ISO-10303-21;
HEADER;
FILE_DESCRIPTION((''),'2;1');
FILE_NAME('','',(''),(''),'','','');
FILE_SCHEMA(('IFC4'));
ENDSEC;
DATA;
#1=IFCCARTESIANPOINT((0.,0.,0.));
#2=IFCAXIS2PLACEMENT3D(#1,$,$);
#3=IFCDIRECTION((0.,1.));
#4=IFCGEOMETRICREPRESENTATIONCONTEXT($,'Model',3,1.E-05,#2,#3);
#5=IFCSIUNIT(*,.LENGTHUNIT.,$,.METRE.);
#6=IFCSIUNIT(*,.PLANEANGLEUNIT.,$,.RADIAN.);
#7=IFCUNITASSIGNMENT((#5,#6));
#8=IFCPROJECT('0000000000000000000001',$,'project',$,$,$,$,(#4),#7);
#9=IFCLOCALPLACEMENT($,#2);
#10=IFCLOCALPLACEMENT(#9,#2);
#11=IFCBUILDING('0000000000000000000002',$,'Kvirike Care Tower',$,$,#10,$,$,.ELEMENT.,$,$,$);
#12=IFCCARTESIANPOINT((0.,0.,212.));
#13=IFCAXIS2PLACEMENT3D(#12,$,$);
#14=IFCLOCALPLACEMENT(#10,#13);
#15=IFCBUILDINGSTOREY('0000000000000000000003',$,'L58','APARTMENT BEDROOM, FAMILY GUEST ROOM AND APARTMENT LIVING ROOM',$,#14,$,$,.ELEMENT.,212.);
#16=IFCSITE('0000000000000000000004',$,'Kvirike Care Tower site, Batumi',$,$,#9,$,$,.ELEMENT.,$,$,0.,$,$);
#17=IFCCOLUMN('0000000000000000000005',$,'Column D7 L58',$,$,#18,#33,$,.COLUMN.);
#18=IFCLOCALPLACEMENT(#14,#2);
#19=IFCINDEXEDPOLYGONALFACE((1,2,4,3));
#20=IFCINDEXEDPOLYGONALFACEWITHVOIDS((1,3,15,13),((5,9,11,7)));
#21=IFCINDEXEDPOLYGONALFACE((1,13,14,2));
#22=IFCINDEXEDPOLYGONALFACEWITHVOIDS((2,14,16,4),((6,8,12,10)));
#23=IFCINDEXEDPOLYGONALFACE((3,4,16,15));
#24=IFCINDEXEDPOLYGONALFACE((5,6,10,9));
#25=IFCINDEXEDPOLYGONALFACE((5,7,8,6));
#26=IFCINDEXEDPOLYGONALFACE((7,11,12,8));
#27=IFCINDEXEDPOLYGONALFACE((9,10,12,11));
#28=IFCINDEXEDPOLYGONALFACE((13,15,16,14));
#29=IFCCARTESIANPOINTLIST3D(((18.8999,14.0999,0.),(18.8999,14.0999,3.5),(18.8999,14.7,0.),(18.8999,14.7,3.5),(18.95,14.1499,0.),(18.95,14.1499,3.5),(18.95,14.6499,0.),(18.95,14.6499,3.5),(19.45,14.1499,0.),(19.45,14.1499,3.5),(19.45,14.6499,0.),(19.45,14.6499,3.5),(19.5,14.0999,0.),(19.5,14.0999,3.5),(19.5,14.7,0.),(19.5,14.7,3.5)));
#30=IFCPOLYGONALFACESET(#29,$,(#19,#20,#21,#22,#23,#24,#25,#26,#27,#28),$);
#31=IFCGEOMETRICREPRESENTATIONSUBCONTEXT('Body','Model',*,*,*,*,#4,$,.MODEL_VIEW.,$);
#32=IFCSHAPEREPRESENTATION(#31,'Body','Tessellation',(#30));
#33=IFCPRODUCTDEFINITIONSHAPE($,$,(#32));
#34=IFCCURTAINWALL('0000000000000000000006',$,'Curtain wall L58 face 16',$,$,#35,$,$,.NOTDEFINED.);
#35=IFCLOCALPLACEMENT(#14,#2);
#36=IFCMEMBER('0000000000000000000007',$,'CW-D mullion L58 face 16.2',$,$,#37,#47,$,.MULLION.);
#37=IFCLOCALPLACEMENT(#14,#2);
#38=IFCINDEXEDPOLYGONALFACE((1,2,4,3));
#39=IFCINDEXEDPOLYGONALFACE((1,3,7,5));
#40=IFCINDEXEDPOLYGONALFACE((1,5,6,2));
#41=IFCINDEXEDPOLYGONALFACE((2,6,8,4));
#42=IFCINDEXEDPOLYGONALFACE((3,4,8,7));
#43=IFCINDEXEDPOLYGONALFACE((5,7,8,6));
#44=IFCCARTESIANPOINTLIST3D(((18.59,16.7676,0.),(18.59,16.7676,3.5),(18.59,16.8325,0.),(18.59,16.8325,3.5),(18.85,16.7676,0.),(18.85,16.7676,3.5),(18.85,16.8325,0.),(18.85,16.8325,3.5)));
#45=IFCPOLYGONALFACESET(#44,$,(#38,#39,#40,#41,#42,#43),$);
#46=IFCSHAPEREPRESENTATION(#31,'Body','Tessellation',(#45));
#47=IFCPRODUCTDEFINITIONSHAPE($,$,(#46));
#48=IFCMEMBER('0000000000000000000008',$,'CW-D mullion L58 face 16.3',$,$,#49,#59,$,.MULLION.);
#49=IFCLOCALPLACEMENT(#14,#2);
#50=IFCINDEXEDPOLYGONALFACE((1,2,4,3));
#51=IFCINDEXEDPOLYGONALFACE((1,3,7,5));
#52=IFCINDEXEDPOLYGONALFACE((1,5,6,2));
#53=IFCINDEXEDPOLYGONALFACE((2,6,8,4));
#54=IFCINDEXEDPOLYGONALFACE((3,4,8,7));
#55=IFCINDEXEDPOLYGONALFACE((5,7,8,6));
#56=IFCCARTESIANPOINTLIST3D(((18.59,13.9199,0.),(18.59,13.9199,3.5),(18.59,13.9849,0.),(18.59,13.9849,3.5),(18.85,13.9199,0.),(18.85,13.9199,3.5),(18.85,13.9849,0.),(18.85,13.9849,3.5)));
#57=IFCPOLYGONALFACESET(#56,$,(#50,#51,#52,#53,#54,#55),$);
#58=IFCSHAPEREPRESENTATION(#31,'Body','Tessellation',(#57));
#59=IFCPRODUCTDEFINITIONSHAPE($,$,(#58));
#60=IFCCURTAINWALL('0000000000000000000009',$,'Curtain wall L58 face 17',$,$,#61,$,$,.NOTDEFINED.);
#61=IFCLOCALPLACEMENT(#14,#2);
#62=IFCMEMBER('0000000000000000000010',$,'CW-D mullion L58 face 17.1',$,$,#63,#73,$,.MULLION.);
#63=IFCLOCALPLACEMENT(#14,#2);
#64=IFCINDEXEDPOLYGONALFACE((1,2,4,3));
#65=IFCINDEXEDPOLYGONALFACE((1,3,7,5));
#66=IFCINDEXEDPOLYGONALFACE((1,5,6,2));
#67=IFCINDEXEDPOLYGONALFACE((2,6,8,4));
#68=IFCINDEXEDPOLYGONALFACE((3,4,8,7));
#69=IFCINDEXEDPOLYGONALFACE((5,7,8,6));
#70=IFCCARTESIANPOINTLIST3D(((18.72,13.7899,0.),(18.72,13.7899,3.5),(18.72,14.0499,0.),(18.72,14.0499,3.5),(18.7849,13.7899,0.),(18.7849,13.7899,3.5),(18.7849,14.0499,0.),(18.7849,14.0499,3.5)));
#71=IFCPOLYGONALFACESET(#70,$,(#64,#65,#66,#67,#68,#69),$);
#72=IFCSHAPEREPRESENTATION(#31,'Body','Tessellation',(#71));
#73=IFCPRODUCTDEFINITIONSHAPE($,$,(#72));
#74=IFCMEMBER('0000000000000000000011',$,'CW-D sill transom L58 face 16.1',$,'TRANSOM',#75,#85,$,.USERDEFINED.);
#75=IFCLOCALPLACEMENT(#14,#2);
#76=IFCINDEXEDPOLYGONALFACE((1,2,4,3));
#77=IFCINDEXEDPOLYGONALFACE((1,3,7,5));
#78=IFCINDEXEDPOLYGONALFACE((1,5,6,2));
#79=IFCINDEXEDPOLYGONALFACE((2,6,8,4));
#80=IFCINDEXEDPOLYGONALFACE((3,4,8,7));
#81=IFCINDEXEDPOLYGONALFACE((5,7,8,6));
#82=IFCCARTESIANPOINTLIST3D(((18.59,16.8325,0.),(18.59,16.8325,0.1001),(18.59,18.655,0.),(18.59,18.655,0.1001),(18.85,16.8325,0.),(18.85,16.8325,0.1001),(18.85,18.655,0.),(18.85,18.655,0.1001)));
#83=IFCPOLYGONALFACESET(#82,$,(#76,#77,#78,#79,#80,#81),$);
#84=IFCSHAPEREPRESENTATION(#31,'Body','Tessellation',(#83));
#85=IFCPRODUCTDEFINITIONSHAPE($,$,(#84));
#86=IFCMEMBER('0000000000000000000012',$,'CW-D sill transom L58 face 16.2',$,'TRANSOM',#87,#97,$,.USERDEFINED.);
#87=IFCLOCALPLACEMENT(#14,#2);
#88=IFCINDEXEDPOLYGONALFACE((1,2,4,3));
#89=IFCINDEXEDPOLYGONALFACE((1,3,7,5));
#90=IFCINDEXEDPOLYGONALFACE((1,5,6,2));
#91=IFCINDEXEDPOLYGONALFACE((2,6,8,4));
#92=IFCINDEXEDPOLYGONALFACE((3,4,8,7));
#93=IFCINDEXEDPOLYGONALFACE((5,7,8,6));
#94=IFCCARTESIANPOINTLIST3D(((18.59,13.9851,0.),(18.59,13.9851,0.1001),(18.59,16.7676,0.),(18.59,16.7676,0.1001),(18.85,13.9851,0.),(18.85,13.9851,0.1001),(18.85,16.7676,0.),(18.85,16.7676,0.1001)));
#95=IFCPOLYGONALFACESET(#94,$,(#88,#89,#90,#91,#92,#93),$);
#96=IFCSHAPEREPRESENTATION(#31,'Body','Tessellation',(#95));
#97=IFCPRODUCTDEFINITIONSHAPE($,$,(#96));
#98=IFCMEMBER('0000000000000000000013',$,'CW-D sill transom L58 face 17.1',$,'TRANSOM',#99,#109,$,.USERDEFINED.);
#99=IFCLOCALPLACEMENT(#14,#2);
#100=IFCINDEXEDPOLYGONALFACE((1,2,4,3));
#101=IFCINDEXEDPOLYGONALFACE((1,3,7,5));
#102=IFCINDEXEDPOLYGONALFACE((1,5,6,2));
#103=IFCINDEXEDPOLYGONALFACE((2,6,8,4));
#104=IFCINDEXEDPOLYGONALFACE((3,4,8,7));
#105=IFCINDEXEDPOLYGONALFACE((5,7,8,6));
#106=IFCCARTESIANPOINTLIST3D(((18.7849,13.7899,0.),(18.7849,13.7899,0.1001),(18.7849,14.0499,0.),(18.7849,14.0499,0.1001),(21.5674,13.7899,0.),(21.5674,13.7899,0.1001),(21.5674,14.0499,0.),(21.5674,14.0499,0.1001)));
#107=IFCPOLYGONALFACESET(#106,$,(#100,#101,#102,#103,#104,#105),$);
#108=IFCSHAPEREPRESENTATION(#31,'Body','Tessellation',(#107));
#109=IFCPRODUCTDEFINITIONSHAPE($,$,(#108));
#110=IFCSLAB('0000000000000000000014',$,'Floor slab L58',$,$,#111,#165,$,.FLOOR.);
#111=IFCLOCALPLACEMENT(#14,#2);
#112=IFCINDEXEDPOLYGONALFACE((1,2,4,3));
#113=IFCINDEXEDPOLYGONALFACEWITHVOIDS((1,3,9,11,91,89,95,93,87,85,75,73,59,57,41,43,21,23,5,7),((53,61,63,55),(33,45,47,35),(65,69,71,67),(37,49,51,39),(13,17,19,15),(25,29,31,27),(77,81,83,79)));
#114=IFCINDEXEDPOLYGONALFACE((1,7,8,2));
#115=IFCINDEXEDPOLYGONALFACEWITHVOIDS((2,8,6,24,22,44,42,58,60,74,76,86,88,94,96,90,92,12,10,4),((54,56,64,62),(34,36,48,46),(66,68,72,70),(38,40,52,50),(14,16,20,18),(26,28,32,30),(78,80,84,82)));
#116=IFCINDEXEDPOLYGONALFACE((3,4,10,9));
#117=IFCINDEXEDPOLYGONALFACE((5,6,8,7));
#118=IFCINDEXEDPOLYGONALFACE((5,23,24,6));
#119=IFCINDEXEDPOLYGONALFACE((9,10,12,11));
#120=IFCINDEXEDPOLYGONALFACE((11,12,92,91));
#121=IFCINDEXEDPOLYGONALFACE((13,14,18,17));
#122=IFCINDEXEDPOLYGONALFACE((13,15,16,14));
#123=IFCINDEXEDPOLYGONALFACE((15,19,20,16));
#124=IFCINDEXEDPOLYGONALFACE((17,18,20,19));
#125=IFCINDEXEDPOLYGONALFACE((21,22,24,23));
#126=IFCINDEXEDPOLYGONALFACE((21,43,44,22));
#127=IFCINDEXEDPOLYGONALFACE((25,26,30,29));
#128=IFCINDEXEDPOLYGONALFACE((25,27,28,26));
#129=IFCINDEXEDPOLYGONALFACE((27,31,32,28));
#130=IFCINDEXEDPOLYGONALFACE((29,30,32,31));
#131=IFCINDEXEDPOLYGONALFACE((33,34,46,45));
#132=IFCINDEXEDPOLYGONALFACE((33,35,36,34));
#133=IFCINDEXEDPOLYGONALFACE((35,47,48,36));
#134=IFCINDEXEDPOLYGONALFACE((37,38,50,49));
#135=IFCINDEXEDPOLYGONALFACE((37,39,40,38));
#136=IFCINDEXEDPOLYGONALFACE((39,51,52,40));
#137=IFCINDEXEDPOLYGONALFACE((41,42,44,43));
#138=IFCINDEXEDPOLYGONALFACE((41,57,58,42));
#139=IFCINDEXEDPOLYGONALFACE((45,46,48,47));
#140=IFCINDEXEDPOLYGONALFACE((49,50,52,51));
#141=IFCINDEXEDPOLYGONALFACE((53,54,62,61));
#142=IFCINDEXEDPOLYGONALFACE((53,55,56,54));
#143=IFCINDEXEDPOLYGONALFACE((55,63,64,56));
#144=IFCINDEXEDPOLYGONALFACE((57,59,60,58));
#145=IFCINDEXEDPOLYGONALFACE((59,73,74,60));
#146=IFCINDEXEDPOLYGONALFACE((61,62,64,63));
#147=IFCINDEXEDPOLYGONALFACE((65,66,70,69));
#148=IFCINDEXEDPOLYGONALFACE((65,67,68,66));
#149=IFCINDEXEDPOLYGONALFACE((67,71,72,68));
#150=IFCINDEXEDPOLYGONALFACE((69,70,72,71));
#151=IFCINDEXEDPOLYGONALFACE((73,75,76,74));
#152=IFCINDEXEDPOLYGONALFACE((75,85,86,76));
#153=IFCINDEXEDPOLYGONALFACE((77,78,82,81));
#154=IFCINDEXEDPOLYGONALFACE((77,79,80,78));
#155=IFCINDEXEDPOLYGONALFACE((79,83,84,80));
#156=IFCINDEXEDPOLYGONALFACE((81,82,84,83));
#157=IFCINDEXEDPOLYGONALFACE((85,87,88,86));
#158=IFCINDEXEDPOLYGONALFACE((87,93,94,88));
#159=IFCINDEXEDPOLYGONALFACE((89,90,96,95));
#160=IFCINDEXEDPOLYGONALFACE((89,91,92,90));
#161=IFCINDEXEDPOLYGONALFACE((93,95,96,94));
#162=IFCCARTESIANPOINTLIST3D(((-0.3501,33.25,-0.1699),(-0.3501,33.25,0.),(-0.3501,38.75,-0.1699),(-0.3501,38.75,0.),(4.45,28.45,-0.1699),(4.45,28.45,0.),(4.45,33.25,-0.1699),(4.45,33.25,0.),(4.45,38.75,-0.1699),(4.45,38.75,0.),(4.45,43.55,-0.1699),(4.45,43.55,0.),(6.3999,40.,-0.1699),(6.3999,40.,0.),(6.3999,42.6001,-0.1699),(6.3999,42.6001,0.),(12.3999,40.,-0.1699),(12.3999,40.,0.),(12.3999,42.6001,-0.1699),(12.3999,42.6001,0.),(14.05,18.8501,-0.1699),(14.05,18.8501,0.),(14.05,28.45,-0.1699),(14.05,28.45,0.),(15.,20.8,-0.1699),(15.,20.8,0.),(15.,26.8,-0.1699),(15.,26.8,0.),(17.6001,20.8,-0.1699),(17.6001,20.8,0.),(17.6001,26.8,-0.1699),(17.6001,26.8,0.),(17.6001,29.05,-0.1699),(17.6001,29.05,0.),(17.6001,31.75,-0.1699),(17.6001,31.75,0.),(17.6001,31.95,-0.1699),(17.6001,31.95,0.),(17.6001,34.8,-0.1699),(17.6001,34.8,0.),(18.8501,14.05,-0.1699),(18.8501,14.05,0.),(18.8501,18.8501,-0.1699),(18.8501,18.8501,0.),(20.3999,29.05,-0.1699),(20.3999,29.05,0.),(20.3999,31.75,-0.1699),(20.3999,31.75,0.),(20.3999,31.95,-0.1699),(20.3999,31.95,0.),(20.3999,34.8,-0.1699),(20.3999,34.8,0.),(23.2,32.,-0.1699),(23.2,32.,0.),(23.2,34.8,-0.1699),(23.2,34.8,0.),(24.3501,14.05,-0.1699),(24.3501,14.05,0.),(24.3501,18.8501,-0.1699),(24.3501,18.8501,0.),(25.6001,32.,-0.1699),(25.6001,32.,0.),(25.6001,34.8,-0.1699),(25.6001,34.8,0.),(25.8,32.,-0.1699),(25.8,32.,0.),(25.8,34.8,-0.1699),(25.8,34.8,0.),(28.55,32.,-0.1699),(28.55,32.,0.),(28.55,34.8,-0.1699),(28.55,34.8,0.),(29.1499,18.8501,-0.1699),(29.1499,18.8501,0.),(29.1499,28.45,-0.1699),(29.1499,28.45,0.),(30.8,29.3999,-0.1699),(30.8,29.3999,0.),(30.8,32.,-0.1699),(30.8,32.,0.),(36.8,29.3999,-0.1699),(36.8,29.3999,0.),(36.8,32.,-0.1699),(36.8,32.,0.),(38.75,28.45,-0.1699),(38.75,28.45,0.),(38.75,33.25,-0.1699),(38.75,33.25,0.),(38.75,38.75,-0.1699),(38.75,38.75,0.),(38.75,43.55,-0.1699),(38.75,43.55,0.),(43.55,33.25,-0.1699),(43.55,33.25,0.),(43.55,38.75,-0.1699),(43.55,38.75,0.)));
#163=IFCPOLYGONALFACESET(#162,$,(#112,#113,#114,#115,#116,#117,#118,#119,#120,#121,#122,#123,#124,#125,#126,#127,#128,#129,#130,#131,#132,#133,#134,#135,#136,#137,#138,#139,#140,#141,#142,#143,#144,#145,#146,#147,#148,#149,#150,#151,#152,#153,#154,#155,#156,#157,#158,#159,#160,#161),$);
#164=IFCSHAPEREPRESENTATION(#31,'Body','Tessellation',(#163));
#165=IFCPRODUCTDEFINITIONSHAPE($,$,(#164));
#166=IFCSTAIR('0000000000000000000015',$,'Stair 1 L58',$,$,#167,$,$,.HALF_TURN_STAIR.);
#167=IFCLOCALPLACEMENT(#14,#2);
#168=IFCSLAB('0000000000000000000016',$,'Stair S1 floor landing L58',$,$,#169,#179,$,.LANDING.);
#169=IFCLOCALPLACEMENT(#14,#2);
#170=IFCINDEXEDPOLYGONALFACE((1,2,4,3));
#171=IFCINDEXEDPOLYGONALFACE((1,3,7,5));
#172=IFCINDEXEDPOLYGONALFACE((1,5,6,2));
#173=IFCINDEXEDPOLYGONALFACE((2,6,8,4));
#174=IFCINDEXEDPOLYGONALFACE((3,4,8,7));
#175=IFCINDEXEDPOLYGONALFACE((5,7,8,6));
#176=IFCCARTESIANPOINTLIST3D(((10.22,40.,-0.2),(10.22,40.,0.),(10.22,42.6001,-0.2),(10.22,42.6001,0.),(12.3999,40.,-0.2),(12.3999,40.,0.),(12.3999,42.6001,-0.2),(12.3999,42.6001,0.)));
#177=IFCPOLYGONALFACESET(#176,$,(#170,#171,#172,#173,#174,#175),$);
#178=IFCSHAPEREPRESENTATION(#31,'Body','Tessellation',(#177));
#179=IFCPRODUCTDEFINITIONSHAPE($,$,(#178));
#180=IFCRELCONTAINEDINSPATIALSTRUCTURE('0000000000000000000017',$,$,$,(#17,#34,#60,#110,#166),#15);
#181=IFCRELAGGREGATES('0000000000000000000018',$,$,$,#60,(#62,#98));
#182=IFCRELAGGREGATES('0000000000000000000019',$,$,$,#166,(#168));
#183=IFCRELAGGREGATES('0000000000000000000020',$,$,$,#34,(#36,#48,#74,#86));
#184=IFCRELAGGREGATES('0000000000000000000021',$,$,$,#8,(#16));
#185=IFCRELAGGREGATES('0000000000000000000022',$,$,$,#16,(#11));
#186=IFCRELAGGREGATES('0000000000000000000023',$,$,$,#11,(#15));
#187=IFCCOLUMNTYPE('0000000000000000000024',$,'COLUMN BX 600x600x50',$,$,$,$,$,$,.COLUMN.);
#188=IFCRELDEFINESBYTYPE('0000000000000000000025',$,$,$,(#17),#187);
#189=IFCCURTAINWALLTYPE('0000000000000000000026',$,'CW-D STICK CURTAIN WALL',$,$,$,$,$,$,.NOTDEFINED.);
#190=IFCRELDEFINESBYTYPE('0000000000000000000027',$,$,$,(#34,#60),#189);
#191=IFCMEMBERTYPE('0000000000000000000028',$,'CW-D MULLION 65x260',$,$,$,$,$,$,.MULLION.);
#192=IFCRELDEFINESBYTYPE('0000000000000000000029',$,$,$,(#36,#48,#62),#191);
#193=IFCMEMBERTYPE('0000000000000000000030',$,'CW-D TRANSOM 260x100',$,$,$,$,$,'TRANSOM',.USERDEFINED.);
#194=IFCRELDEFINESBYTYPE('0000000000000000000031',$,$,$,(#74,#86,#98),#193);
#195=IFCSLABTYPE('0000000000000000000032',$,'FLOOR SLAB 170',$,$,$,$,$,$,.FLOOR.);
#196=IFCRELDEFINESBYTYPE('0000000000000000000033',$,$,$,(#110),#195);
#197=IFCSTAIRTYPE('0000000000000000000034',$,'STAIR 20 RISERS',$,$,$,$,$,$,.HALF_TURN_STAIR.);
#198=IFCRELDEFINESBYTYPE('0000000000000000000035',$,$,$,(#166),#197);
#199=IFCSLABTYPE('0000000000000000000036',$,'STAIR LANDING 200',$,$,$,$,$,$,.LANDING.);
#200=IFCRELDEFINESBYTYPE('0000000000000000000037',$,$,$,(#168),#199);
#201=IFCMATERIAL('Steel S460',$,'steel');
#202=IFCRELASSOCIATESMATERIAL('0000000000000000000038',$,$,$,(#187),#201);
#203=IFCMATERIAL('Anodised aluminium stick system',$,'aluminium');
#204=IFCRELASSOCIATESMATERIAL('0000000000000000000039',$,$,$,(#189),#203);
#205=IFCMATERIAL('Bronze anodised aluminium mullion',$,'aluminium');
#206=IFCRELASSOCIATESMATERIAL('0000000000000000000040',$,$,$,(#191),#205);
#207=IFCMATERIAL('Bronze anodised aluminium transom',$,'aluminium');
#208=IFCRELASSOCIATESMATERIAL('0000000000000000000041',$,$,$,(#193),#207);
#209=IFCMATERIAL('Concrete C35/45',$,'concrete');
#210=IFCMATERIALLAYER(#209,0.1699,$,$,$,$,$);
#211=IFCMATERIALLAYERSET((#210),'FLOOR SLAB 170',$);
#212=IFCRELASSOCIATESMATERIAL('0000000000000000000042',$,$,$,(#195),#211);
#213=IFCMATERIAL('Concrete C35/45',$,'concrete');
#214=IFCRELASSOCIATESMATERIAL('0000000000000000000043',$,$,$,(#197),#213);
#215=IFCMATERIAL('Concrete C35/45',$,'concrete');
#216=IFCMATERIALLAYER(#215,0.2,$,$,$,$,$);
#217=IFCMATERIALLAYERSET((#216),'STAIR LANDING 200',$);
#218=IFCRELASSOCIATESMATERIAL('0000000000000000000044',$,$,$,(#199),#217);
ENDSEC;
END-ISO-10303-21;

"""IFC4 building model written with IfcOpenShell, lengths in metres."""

from ifc_helpers import new_model, si_unit, direction, frame, origin, origin_2d, place, context, subcontext, project, spatial, polyline, rectangle, hollow_rectangle, outline, extrude, material, layer, layer_set, material_profile, profile_set, type_object, element, aggregate, save


model = new_model("IFC4")

# Units and contexts
model_context = context("Model", 3, precision=1e-05, world=origin(), true_north=direction((0.0, 1.0)))
body_context = subcontext(model_context, "Body", "Model", "MODEL_VIEW")
ifc_project = project(units=[si_unit("LENGTHUNIT", "METRE"), si_unit("PLANEANGLEUNIT", "RADIAN")], contexts=[model_context])

# Site, building, storey
site_placement = place(None, origin())
site = spatial("IfcSite", under=ifc_project, at=site_placement, Name="Kvirike Care Tower site, Batumi", CompositionType="ELEMENT", RefElevation=0.0)
building_placement = place(site_placement, origin())
building = spatial("IfcBuilding", under=site, at=building_placement, Name="Kvirike Care Tower", CompositionType="ELEMENT")
storey_placement = place(building_placement, frame((0.0, 0.0, 212.0)))
storey = spatial("IfcBuildingStorey", under=building, at=storey_placement, Name="L58", Description="APARTMENT BEDROOM, FAMILY GUEST ROOM AND APARTMENT LIVING ROOM", CompositionType="ELEMENT", Elevation=212.0)

# Column
ifc_material_1 = material(Name="Steel S460", Category="steel")
ifc_material_profile_1 = material_profile(ifc_material_1, hollow_rectangle(XDim=0.6001, YDim=0.6001, WallThickness=0.05, at=origin_2d()), Name="BX 600x600x50")
ifc_profile_set_1 = profile_set([ifc_material_profile_1], Name="Steel S460")
column_type = type_object("IfcColumnType", Name="COLUMN BX 600x600x50", PredefinedType="COLUMN", material=ifc_profile_set_1)
column_placement = place(storey_placement, frame((19.2, 14.3999, 0.0), z_axis=(0.0, 0.0, 1.0), x_axis=(0.0, 1.0, 0.0)))
element("IfcColumn", 1, at=column_placement, inside=storey, type_object=column_type, Name="Column D7 L58", PredefinedType="COLUMN", context=body_context, shape_type="SweptSolid", body=[
    extrude(hollow_rectangle(XDim=0.6001, YDim=0.6001, WallThickness=0.05, at=origin_2d()), origin(), (0.0, 0.0, 1.0), 3.5),
])

# Curtain wall, members
ifc_material_2 = material(Name="Anodised aluminium stick system", Category="aluminium")
curtain_wall_type = type_object("IfcCurtainWallType", Name="CW-D STICK CURTAIN WALL", PredefinedType="NOTDEFINED", material=ifc_material_2)
curtain_wall_1_placement = place(storey_placement, origin())
curtain_wall_1 = element("IfcCurtainWall", 2, at=curtain_wall_1_placement, inside=storey, type_object=curtain_wall_type, Name="Curtain wall L58 face 16", PredefinedType="NOTDEFINED")
ifc_material_3 = material(Name="Bronze anodised aluminium mullion", Category="aluminium")
ifc_material_profile_2 = material_profile(ifc_material_3, rectangle(XDim=0.0649, YDim=0.26, at=origin_2d()), Name="CW-D MULLION 65x260")
ifc_profile_set_2 = profile_set([ifc_material_profile_2], Name="Bronze anodised aluminium mullion")
member_type_1 = type_object("IfcMemberType", Name="CW-D MULLION 65x260", PredefinedType="MULLION", material=ifc_profile_set_2)
member_1_placement = place(storey_placement, frame((18.72, 16.8, 0.0), z_axis=(0.0, 0.0, 1.0), x_axis=(0.0, -1.0, 0.0)))
member_1 = element("IfcMember", 3, at=member_1_placement, type_object=member_type_1, Name="CW-D mullion L58 face 16.2", PredefinedType="MULLION", context=body_context, shape_type="SweptSolid", body=[
    extrude(rectangle(XDim=0.0649, YDim=0.26, at=origin_2d()), origin(), (0.0, 0.0, 1.0), 3.5),
])
member_2_placement = place(storey_placement, frame((18.72, 13.9524, 0.0), z_axis=(0.0, 0.0, 1.0), x_axis=(0.0, -1.0, 0.0)))
member_2 = element("IfcMember", 4, at=member_2_placement, type_object=member_type_1, Name="CW-D mullion L58 face 16.3", PredefinedType="MULLION", context=body_context, shape_type="SweptSolid", body=[
    extrude(rectangle(XDim=0.0649, YDim=0.26, at=origin_2d()), origin(), (0.0, 0.0, 1.0), 3.5),
])

# Curtain wall, member
curtain_wall_2_placement = place(storey_placement, origin())
curtain_wall_2 = element("IfcCurtainWall", 5, at=curtain_wall_2_placement, inside=storey, type_object=curtain_wall_type, Name="Curtain wall L58 face 17", PredefinedType="NOTDEFINED")
member_3_placement = place(storey_placement, frame((18.7524, 13.9199, 0.0), z_axis=(0.0, 0.0, 1.0), x_axis=(1.0, 0.0, 0.0)))
member_3 = element("IfcMember", 6, at=member_3_placement, type_object=member_type_1, Name="CW-D mullion L58 face 17.1", PredefinedType="MULLION", context=body_context, shape_type="SweptSolid", body=[
    extrude(rectangle(XDim=0.0649, YDim=0.26, at=origin_2d()), origin(), (0.0, 0.0, 1.0), 3.5),
])

# Members
ifc_material_4 = material(Name="Bronze anodised aluminium transom", Category="aluminium")
ifc_material_profile_3 = material_profile(ifc_material_4, rectangle(XDim=0.26, YDim=0.1001, at=origin_2d()), Name="CW-D TRANSOM 260x100")
ifc_profile_set_3 = profile_set([ifc_material_profile_3], Name="Bronze anodised aluminium transom")
member_type_2 = type_object("IfcMemberType", Name="CW-D TRANSOM 260x100", ElementType="TRANSOM", PredefinedType="USERDEFINED", material=ifc_profile_set_3)
member_4_placement = place(storey_placement, frame((18.72, 18.655, 0.05), z_axis=(0.0, -1.0, 0.0), x_axis=(1.0, 0.0, 0.0)))
member_4 = element("IfcMember", 7, at=member_4_placement, type_object=member_type_2, Name="CW-D sill transom L58 face 16.1", ObjectType="TRANSOM", PredefinedType="USERDEFINED", context=body_context, shape_type="SweptSolid", body=[
    extrude(rectangle(XDim=0.26, YDim=0.1001, at=origin_2d()), origin(), (0.0, 0.0, 1.0), 1.8225),
])
member_5_placement = place(storey_placement, frame((18.72, 16.7676, 0.05), z_axis=(0.0, -1.0, 0.0), x_axis=(1.0, 0.0, 0.0)))
member_5 = element("IfcMember", 8, at=member_5_placement, type_object=member_type_2, Name="CW-D sill transom L58 face 16.2", ObjectType="TRANSOM", PredefinedType="USERDEFINED", context=body_context, shape_type="SweptSolid", body=[
    extrude(rectangle(XDim=0.26, YDim=0.1001, at=origin_2d()), origin(), (0.0, 0.0, 1.0), 2.7825),
])
member_6_placement = place(storey_placement, frame((18.7849, 13.9199, 0.05), z_axis=(1.0, 0.0, 0.0), x_axis=(0.0, 1.0, 0.0)))
member_6 = element("IfcMember", 9, at=member_6_placement, type_object=member_type_2, Name="CW-D sill transom L58 face 17.1", ObjectType="TRANSOM", PredefinedType="USERDEFINED", context=body_context, shape_type="SweptSolid", body=[
    extrude(rectangle(XDim=0.26, YDim=0.1001, at=origin_2d()), origin(), (0.0, 0.0, 1.0), 2.7825),
])
aggregate(curtain_wall_2, [member_3, member_6])

# Slab
ifc_material_5 = material(Name="Concrete C35/45", Category="concrete")
ifc_layer_1 = layer(ifc_material_5, 0.1699)
ifc_layer_set_1 = layer_set([ifc_layer_1], Name="FLOOR SLAB 170")
slab_type_1 = type_object("IfcSlabType", Name="FLOOR SLAB 170", PredefinedType="FLOOR", material=ifc_layer_set_1)
slab_1_placement = place(storey_placement, frame((0.0, 0.0, -0.1699)))
element("IfcSlab", 10, at=slab_1_placement, inside=storey, type_object=slab_type_1, Name="Floor slab L58", PredefinedType="FLOOR", context=body_context, shape_type="SweptSolid", body=[
    extrude(outline(polyline([(29.1499, 28.45), (38.75, 28.45), (38.75, 33.25), (43.55, 33.25), (43.55, 38.75), (38.75, 38.75), (38.75, 43.55), (4.45, 43.55), (4.45, 38.75), (-0.3501, 38.75), (-0.3501, 33.25), (4.45, 33.25), (4.45, 28.45), (14.05, 28.45), (14.05, 18.8501), (18.8501, 18.8501), (18.8501, 14.05), (24.3501, 14.05), (24.3501, 18.8501), (29.1499, 18.8501), (29.1499, 28.45)]), holes=[polyline([(17.6001, 29.05), (17.6001, 31.75), (20.3999, 31.75), (20.3999, 29.05), (17.6001, 29.05)]), polyline([(17.6001, 31.95), (17.6001, 34.8), (20.3999, 34.8), (20.3999, 31.95), (17.6001, 31.95)]), polyline([(23.2, 32.0), (23.2, 34.8), (25.6001, 34.8), (25.6001, 32.0), (23.2, 32.0)]), polyline([(25.8, 32.0), (25.8, 34.8), (28.55, 34.8), (28.55, 32.0), (25.8, 32.0)]), polyline([(12.3999, 42.6001), (12.3999, 40.0), (6.3999, 40.0), (6.3999, 42.6001), (12.3999, 42.6001)]), polyline([(30.8, 29.3999), (30.8, 32.0), (36.8, 32.0), (36.8, 29.3999), (30.8, 29.3999)]), polyline([(15.0, 26.8), (17.6001, 26.8), (17.6001, 20.8), (15.0, 20.8), (15.0, 26.8)])]), origin(), (0.0, 0.0, 1.0), 0.1699),
])

# Stair, slab
ifc_material_6 = material(Name="Concrete C35/45", Category="concrete")
stair_type = type_object("IfcStairType", Name="STAIR 20 RISERS", PredefinedType="HALF_TURN_STAIR", material=ifc_material_6)
stair_1_placement = place(storey_placement, origin())
stair_1 = element("IfcStair", 11, at=stair_1_placement, inside=storey, type_object=stair_type, Name="Stair 1 L58", PredefinedType="HALF_TURN_STAIR")
ifc_material_7 = material(Name="Concrete C35/45", Category="concrete")
ifc_layer_2 = layer(ifc_material_7, 0.2)
ifc_layer_set_2 = layer_set([ifc_layer_2], Name="STAIR LANDING 200")
slab_type_2 = type_object("IfcSlabType", Name="STAIR LANDING 200", PredefinedType="LANDING", material=ifc_layer_set_2)
slab_2_placement = place(storey_placement, frame((0.0, 0.0, -0.2)))
slab_2 = element("IfcSlab", 12, at=slab_2_placement, type_object=slab_type_2, Name="Stair S1 floor landing L58", PredefinedType="LANDING", context=body_context, shape_type="SweptSolid", body=[
    extrude(outline(polyline([(10.22, 42.6001), (10.22, 40.0), (12.3999, 40.0), (12.3999, 42.6001), (10.22, 42.6001)])), origin(), (0.0, 0.0, 1.0), 0.2),
])
aggregate(stair_1, [slab_2])

aggregate(curtain_wall_1, [member_1, member_2, member_4, member_5])

save(model, "model.ifc")
